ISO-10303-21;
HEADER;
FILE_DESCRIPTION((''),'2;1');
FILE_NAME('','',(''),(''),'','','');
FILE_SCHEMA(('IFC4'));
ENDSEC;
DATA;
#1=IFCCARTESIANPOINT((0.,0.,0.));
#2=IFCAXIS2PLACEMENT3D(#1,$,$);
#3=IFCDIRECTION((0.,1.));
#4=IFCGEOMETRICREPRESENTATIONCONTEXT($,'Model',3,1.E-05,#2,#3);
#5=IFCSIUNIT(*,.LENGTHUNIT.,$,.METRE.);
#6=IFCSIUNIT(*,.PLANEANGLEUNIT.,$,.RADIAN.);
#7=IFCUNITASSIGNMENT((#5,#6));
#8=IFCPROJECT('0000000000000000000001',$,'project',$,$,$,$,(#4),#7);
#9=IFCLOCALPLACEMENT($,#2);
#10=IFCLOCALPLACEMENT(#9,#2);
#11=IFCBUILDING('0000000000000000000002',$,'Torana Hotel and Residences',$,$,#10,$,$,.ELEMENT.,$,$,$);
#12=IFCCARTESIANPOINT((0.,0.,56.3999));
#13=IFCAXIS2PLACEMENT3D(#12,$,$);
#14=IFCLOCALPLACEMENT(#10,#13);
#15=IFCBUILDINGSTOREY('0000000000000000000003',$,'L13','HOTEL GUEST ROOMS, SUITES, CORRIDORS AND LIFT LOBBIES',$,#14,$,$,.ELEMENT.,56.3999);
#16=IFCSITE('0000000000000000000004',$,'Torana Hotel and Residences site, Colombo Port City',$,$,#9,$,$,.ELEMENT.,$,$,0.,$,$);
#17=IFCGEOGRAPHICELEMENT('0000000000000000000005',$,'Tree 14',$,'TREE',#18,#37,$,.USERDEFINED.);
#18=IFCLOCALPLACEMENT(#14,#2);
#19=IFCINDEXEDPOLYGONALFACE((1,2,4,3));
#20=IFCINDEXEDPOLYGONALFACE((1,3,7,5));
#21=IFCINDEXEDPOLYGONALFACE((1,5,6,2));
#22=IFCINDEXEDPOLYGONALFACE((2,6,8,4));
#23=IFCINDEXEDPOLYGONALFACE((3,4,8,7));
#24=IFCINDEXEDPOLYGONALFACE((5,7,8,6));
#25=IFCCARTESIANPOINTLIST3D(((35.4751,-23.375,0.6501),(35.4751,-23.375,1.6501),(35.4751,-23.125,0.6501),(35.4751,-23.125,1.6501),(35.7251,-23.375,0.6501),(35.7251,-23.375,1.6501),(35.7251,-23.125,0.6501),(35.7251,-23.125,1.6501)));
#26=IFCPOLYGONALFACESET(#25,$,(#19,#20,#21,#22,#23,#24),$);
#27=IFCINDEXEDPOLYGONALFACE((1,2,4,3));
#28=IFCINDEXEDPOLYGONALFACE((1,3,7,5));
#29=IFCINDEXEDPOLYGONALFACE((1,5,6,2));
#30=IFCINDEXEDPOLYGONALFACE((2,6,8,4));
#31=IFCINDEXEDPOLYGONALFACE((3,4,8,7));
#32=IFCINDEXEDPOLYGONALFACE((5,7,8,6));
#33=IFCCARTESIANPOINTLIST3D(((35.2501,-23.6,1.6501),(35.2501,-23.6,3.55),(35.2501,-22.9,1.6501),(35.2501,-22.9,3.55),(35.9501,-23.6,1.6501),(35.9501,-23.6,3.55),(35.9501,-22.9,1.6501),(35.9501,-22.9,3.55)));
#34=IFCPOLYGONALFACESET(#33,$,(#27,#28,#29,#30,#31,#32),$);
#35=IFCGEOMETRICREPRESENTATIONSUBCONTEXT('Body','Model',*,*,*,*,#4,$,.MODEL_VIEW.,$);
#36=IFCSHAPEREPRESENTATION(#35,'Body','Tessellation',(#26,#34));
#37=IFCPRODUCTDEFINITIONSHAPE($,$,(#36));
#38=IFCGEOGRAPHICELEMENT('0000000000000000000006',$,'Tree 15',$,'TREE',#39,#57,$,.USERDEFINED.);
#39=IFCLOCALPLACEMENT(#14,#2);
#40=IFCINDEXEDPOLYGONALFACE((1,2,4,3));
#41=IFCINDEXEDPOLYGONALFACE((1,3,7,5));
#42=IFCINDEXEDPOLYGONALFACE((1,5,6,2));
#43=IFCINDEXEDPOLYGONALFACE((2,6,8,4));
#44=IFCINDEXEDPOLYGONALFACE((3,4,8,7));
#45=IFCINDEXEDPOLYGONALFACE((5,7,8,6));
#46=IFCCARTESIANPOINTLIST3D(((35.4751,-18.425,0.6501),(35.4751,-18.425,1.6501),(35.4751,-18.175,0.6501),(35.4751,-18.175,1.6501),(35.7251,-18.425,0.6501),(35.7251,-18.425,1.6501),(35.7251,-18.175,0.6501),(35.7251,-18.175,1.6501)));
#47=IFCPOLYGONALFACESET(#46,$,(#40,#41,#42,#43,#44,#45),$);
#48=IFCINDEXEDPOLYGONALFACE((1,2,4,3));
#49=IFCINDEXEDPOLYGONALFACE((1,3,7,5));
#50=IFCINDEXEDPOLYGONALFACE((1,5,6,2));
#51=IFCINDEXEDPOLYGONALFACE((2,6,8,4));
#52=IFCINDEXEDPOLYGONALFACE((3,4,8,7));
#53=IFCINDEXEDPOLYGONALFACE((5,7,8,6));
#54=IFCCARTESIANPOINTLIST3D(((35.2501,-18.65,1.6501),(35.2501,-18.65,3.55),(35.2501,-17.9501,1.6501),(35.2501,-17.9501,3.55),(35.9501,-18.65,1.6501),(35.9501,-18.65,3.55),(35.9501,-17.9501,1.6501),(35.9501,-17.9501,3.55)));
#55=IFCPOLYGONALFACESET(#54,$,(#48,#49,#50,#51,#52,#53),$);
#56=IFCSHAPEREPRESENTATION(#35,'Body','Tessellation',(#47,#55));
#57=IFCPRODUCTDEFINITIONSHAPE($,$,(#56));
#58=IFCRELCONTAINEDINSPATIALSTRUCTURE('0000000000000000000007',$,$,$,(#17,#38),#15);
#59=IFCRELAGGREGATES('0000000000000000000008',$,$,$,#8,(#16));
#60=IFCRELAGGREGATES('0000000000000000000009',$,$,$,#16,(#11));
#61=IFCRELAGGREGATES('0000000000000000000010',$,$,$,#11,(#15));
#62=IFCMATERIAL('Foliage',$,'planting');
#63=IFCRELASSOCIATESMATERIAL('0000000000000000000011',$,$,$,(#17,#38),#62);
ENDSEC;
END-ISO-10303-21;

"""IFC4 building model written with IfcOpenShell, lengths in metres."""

from ifc_helpers import new_model, si_unit, direction, frame, origin, origin_2d, place, context, subcontext, project, spatial, rectangle, extrude, material, element, save


model = new_model("IFC4")

# Units and contexts
model_context = context("Model", 3, precision=1e-05, world=origin(), true_north=direction((0.0, 1.0)))
body_context = subcontext(model_context, "Body", "Model", "MODEL_VIEW")
ifc_project = project(units=[si_unit("LENGTHUNIT", "METRE"), si_unit("PLANEANGLEUNIT", "RADIAN")], contexts=[model_context])

# Site, building, storey
site_placement = place(None, origin())
site = spatial("IfcSite", under=ifc_project, at=site_placement, Name="Torana Hotel and Residences site, Colombo Port City", CompositionType="ELEMENT", RefElevation=0.0)
building_placement = place(site_placement, origin())
building = spatial("IfcBuilding", under=site, at=building_placement, Name="Torana Hotel and Residences", CompositionType="ELEMENT")
storey_placement = place(building_placement, frame((0.0, 0.0, 56.3999)))
storey = spatial("IfcBuildingStorey", under=building, at=storey_placement, Name="L13", Description="HOTEL GUEST ROOMS, SUITES, CORRIDORS AND LIFT LOBBIES", CompositionType="ELEMENT", Elevation=56.3999)

# Geographic elements
ifc_material_1 = material(Name="Foliage", Category="planting")
for number, where, z_axis, x_axis, name in (
    (1, (35.6001, -23.25, 0.6501), (0.0, 0.0, 1.0), (1.0, 0.0, 0.0), "Tree 14"),
    (2, (35.6001, -18.3, 0.6501), (0.0, 0.0, 1.0), (1.0, 0.0, 0.0), "Tree 15"),
):
    element("IfcGeographicElement", number, at=place(storey_placement, frame(where, z_axis=z_axis, x_axis=x_axis)), inside=storey, material=ifc_material_1, Name=name, ObjectType="TREE", PredefinedType="USERDEFINED", context=body_context, shape_type="SweptSolid", body=[
        extrude(rectangle(XDim=0.25, YDim=0.25, at=origin_2d()), origin(), (0.0, 0.0, 1.0), 1.0),
        extrude(rectangle(XDim=0.7, YDim=0.7, at=origin_2d()), frame((0.0, 0.0, 1.0)), (0.0, 0.0, 1.0), 1.8999),
    ])

save(model, "model.ifc")
